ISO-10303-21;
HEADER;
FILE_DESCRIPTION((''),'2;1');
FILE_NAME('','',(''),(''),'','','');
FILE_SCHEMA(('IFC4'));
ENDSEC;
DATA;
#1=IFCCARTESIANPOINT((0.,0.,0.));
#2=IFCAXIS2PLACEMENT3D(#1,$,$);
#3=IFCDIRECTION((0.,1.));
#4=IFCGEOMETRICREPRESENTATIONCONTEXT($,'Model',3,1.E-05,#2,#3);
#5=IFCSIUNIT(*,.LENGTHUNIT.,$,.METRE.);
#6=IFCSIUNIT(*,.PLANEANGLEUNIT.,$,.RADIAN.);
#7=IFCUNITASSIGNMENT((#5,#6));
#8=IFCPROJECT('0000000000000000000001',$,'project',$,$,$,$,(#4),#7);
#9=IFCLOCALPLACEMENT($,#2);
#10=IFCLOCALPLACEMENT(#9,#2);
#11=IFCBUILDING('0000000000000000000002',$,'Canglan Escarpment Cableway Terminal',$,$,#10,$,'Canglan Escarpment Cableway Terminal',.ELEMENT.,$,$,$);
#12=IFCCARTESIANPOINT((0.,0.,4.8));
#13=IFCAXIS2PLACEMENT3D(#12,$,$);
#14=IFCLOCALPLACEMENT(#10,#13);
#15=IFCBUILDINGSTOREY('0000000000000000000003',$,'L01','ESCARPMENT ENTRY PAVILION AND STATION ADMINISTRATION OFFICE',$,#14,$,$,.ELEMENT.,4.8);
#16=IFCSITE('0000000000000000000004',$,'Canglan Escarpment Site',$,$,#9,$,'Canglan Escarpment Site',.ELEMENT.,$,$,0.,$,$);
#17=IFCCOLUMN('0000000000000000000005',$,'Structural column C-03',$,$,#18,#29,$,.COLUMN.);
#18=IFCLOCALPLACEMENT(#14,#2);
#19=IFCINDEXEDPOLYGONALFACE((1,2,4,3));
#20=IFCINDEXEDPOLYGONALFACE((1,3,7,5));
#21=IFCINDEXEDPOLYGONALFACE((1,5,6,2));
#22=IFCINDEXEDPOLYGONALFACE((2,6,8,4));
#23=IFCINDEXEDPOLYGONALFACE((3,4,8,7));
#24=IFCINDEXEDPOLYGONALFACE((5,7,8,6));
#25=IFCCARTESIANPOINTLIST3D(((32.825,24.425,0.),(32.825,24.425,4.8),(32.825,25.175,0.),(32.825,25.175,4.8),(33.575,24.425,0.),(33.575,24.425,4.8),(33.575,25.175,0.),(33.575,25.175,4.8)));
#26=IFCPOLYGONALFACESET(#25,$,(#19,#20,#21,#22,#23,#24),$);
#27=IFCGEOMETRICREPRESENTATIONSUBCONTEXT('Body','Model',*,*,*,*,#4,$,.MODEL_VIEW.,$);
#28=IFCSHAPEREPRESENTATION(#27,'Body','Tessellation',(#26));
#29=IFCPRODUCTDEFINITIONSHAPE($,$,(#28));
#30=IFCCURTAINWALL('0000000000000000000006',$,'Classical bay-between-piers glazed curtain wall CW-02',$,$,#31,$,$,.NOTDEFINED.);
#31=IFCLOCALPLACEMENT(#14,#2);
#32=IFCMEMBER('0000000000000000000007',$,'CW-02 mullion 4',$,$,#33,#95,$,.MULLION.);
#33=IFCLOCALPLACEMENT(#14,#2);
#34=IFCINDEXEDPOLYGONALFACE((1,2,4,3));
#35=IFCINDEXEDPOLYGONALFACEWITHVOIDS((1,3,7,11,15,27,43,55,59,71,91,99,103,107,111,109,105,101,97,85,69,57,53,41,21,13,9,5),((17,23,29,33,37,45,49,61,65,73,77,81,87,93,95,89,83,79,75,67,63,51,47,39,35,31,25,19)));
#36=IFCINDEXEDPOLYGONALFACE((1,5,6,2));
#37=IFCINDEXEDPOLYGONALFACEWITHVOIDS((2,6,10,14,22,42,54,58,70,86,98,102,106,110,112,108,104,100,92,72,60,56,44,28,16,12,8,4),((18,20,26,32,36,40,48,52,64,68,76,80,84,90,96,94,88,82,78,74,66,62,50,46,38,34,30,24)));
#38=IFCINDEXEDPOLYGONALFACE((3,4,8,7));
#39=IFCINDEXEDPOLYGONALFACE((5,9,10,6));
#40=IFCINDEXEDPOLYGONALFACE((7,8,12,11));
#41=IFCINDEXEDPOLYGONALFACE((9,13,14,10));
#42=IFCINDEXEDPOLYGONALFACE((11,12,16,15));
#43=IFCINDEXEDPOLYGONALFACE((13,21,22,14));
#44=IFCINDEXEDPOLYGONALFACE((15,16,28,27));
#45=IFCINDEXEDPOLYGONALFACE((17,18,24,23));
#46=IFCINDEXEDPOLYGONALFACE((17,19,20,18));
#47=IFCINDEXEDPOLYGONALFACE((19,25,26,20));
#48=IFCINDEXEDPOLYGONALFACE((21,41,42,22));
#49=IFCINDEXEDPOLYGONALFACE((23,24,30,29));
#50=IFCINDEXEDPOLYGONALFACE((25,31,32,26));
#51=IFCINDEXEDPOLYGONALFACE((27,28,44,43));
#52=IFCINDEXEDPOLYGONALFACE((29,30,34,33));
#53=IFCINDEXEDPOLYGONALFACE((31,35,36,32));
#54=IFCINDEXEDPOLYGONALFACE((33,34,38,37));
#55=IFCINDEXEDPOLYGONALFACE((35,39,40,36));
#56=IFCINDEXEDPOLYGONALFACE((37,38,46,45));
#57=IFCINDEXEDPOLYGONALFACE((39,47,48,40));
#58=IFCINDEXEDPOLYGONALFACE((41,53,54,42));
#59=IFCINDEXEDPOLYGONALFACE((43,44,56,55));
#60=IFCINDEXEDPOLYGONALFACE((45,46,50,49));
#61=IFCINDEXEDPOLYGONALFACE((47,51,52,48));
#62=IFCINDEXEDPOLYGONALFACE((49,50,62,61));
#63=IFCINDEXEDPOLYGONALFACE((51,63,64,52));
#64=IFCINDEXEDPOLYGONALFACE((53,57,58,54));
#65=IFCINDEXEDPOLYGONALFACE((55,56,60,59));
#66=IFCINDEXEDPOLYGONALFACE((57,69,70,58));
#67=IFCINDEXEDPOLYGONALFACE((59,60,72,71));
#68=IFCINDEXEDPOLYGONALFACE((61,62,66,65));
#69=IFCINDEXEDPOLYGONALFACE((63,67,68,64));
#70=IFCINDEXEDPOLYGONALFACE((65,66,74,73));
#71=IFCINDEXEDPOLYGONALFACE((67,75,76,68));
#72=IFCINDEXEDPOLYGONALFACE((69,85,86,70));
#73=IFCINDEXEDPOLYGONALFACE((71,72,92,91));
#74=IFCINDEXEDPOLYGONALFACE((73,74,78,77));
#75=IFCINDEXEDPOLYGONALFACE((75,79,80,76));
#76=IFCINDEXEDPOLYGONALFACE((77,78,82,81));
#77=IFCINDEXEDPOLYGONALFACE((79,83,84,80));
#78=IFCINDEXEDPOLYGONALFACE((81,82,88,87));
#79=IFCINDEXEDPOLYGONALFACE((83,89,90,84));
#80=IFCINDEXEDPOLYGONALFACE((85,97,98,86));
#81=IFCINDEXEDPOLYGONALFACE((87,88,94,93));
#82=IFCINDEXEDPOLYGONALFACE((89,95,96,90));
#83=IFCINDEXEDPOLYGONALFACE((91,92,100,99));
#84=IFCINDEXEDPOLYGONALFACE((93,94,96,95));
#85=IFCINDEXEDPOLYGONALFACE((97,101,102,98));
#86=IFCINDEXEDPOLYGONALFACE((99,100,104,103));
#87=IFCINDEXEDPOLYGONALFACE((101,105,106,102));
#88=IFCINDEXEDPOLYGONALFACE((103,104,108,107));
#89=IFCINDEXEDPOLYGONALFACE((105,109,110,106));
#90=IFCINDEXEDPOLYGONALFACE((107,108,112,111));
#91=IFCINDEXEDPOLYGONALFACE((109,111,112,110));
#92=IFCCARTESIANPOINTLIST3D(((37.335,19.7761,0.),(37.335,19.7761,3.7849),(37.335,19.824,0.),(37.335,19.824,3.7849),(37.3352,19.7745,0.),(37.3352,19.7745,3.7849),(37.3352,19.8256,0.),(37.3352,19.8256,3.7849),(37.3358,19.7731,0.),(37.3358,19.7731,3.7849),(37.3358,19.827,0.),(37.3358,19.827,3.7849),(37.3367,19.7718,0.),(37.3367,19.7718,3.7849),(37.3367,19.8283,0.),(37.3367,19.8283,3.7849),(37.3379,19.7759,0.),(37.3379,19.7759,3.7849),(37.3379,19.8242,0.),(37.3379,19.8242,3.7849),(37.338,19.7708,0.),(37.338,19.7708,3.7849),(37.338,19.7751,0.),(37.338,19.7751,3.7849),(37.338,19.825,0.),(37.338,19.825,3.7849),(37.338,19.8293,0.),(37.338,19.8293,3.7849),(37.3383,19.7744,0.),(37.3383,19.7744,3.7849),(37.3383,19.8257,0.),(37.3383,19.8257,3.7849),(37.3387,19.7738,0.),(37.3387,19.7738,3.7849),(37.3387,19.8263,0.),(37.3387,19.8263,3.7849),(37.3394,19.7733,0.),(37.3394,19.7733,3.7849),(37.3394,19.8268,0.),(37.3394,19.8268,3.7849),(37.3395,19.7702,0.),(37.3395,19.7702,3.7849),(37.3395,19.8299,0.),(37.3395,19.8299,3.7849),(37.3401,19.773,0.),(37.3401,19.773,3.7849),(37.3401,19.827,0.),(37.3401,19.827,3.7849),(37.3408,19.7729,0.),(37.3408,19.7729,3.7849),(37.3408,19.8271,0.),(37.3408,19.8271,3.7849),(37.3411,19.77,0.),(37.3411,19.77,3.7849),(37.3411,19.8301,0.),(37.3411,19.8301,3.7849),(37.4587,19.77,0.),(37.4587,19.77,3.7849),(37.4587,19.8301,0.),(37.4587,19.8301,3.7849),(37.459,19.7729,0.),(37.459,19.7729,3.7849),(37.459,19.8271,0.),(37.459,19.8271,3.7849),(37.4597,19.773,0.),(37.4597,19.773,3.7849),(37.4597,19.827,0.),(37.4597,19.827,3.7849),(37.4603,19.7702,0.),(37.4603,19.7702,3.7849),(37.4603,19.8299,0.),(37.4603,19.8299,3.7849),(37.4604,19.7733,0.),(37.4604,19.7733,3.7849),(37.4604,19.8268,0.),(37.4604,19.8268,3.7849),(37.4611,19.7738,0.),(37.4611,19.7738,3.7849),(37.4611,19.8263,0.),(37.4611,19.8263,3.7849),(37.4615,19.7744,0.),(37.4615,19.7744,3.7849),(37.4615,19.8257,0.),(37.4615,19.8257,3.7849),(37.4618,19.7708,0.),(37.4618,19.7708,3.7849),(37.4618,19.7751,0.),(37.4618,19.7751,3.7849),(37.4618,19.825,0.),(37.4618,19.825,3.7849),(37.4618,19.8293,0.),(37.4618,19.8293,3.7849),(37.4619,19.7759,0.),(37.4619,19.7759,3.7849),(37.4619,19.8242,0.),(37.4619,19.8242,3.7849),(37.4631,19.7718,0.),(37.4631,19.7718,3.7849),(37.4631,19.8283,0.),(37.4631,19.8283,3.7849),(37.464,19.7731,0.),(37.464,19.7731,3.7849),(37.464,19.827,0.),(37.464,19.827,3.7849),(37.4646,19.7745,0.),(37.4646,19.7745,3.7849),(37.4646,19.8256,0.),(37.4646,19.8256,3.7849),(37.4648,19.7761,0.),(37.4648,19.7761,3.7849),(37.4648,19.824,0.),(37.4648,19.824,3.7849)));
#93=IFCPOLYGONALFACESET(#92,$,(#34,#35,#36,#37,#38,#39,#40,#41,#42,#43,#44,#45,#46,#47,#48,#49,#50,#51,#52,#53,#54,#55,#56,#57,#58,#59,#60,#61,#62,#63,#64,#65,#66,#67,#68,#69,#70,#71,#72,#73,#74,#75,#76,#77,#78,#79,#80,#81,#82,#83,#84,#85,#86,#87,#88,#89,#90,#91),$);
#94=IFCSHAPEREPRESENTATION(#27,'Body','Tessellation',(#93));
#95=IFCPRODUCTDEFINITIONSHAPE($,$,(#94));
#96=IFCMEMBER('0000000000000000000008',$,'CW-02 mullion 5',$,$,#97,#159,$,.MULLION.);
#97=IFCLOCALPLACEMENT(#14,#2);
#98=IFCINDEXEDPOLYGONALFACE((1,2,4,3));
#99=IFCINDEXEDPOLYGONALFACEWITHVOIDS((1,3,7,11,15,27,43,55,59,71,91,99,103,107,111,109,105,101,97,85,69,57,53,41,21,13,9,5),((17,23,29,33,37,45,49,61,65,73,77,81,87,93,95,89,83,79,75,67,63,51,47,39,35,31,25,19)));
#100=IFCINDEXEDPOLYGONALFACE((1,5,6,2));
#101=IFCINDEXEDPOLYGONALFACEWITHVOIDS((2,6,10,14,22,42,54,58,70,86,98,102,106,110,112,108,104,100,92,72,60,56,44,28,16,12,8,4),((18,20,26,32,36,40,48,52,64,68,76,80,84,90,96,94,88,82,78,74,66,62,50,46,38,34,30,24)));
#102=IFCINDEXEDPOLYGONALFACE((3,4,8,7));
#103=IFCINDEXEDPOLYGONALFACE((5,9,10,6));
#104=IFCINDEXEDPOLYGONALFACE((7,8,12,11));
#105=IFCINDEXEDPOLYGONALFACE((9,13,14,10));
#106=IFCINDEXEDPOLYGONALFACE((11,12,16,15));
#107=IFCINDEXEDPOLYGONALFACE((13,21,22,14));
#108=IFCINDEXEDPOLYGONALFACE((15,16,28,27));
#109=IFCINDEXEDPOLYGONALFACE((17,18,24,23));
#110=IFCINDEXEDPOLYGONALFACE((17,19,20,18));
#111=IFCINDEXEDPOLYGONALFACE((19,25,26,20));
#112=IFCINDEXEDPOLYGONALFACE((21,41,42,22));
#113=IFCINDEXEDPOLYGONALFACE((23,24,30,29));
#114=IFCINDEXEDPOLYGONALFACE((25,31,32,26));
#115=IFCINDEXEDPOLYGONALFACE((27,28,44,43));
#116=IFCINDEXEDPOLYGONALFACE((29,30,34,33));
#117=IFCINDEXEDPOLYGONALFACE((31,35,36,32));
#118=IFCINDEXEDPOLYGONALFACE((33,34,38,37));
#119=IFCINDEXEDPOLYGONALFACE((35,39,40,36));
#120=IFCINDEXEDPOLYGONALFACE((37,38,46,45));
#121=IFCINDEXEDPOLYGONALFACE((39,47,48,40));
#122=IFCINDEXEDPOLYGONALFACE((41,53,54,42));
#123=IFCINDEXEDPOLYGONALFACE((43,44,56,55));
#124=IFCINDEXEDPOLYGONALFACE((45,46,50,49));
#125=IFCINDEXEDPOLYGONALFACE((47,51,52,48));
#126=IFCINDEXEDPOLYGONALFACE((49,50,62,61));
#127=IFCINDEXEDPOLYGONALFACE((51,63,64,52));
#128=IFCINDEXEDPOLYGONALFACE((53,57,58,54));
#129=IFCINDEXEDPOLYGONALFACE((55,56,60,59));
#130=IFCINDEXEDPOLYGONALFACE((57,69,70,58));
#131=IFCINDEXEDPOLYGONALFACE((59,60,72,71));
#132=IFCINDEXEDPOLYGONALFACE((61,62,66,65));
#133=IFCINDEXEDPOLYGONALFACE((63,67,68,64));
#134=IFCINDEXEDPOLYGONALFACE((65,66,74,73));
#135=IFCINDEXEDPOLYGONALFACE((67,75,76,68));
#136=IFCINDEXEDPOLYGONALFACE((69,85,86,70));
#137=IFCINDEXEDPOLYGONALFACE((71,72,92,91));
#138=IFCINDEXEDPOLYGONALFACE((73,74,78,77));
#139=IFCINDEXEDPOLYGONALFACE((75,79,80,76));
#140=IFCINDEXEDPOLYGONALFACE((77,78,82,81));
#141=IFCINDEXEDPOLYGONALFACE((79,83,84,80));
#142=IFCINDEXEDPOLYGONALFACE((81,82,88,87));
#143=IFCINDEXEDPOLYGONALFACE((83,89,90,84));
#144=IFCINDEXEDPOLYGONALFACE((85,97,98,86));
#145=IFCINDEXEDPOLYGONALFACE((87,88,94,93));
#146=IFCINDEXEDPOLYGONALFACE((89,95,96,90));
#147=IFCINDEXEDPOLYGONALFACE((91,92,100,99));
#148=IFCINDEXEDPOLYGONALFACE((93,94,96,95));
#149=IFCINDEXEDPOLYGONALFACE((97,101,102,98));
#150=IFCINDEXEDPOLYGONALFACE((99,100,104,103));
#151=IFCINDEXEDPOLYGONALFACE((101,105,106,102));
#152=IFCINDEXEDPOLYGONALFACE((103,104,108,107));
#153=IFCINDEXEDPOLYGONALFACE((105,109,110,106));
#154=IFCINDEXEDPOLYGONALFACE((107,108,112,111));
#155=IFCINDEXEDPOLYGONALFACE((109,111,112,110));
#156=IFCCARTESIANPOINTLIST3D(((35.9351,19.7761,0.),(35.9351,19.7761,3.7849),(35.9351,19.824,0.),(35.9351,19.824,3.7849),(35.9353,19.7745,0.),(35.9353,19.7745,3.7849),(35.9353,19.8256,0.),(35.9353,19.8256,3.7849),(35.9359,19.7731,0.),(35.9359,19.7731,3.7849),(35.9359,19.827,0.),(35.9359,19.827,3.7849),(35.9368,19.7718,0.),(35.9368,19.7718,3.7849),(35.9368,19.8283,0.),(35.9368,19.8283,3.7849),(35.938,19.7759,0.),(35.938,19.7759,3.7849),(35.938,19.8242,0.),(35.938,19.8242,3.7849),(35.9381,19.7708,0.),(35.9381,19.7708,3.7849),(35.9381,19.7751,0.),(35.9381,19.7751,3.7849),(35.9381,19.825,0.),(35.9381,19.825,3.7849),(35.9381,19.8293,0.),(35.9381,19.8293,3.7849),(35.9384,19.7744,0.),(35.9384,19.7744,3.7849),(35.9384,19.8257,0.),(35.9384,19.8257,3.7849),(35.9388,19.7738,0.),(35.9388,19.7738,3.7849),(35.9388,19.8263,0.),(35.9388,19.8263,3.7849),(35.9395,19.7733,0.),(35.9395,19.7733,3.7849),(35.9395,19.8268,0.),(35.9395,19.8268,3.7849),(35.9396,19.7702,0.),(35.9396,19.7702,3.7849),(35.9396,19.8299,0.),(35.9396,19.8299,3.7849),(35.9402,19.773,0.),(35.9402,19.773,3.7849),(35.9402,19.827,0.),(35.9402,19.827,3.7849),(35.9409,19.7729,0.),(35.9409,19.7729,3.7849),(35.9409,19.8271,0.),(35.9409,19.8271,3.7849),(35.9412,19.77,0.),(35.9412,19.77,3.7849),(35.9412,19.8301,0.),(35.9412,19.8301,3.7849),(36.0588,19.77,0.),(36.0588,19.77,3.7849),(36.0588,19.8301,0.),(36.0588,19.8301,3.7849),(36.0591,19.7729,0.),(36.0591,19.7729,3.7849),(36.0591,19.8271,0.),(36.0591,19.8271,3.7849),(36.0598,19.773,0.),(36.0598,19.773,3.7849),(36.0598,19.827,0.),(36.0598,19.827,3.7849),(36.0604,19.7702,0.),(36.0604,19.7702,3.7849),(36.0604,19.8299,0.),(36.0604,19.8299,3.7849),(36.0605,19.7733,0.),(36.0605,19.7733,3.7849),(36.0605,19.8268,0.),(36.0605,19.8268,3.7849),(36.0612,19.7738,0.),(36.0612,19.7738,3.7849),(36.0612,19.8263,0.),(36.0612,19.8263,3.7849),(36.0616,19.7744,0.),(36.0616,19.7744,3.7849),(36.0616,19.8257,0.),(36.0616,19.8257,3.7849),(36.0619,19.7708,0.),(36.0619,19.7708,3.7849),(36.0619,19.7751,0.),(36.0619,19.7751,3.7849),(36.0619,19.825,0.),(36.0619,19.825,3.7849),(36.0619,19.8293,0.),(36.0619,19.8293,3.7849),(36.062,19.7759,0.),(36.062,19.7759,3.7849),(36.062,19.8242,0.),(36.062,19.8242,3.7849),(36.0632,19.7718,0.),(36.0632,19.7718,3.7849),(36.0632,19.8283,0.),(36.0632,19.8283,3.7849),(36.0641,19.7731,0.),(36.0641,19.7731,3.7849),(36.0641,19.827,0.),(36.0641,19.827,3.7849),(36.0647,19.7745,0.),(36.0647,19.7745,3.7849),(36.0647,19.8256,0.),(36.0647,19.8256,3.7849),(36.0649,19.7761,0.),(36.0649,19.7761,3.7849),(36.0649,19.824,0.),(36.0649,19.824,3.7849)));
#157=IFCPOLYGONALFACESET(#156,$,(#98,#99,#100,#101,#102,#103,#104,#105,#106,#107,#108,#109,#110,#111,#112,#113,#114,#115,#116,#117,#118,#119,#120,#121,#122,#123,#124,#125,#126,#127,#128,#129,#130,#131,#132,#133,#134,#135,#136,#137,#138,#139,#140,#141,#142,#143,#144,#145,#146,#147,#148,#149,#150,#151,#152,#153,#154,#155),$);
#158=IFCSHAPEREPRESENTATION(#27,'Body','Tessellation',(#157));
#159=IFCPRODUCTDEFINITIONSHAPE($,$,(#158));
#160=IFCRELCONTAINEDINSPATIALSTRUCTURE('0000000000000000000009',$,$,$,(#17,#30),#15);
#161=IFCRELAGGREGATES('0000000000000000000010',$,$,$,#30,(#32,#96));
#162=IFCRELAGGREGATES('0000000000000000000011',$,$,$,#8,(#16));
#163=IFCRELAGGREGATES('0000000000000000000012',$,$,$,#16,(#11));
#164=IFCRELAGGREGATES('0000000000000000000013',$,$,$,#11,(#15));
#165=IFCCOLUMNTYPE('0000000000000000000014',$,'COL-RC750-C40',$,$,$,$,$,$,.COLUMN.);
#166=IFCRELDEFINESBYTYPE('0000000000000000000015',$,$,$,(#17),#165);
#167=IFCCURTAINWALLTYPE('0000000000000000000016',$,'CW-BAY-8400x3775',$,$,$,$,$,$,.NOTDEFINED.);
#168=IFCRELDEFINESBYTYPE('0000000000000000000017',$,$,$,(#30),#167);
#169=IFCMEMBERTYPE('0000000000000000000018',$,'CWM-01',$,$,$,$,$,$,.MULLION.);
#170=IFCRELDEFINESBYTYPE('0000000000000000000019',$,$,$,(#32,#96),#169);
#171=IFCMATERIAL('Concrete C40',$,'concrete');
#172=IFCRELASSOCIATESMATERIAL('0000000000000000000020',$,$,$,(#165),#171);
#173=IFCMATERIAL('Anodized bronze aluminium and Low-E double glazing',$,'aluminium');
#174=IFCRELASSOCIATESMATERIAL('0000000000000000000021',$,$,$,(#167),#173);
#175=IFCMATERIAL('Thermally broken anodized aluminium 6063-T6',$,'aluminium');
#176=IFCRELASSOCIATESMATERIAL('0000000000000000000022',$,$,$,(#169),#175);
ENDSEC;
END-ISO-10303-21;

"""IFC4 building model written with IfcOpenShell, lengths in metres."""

from ifc_helpers import new_model, si_unit, direction, frame, origin, origin_2d, place, context, subcontext, project, spatial, rectangle, hollow_rectangle, extrude, material, material_profile, profile_set, type_object, element, aggregate, save


model = new_model("IFC4")

# Units and contexts
model_context = context("Model", 3, precision=1e-05, world=origin(), true_north=direction((0.0, 1.0)))
body_context = subcontext(model_context, "Body", "Model", "MODEL_VIEW")
ifc_project = project(units=[si_unit("LENGTHUNIT", "METRE"), si_unit("PLANEANGLEUNIT", "RADIAN")], contexts=[model_context])

# Site, building, storey
site_placement = place(None, origin())
site = spatial("IfcSite", under=ifc_project, at=site_placement, Name="Canglan Escarpment Site", LongName="Canglan Escarpment Site", CompositionType="ELEMENT", RefElevation=0.0)
building_placement = place(site_placement, origin())
building = spatial("IfcBuilding", under=site, at=building_placement, Name="Canglan Escarpment Cableway Terminal", LongName="Canglan Escarpment Cableway Terminal", CompositionType="ELEMENT")
storey_placement = place(building_placement, frame((0.0, 0.0, 4.8)))
storey = spatial("IfcBuildingStorey", under=building, at=storey_placement, Name="L01", Description="ESCARPMENT ENTRY PAVILION AND STATION ADMINISTRATION OFFICE", CompositionType="ELEMENT", Elevation=4.8)

# Column
ifc_material_1 = material(Name="Concrete C40", Category="concrete")
ifc_material_profile_1 = material_profile(ifc_material_1, rectangle(XDim=0.75, YDim=0.75, at=origin_2d()), Name="RC 750x750")
ifc_profile_set_1 = profile_set([ifc_material_profile_1], Name="Concrete C40")
column_type = type_object("IfcColumnType", Name="COL-RC750-C40", PredefinedType="COLUMN", material=ifc_profile_set_1)
column_placement = place(storey_placement, frame((33.2, 24.8, 0.0), z_axis=(0.0, 0.0, 1.0), x_axis=(1.0, 0.0, 0.0)))
element("IfcColumn", 1, at=column_placement, inside=storey, type_object=column_type, Name="Structural column C-03", PredefinedType="COLUMN", context=body_context, shape_type="SweptSolid", body=[
    extrude(rectangle(XDim=0.75, YDim=0.75, at=origin_2d()), origin(), (0.0, 0.0, 1.0), 4.8),
])

# Curtain wall, members
ifc_material_2 = material(Name="Anodized bronze aluminium and Low-E double glazing", Category="aluminium")
curtain_wall_type = type_object("IfcCurtainWallType", Name="CW-BAY-8400x3775", PredefinedType="NOTDEFINED", material=ifc_material_2)
curtain_wall_placement = place(storey_placement, origin())
curtain_wall = element("IfcCurtainWall", 2, at=curtain_wall_placement, inside=storey, type_object=curtain_wall_type, Name="Classical bay-between-piers glazed curtain wall CW-02", PredefinedType="NOTDEFINED")
ifc_material_3 = material(Name="Thermally broken anodized aluminium 6063-T6", Category="aluminium")
ifc_material_profile_2 = material_profile(ifc_material_3, hollow_rectangle(XDim=0.0601, YDim=0.1299, WallThickness=0.0029, InnerFilletRadius=0.0029, OuterFilletRadius=0.0061, at=origin_2d()), Name="ALU-MULL 60x130x3")
ifc_profile_set_2 = profile_set([ifc_material_profile_2], Name="Thermally broken anodized aluminium 6063-T6")
member_type_1 = type_object("IfcMemberType", Name="CWM-01", PredefinedType="MULLION", material=ifc_profile_set_2)
member_1_placement = place(storey_placement, frame((37.3999, 19.8, 0.0), z_axis=(0.0, 0.0, 1.0), x_axis=(0.0, -1.0, 0.0)))
member_1 = element("IfcMember", 3, at=member_1_placement, type_object=member_type_1, Name="CW-02 mullion 4", PredefinedType="MULLION", context=body_context, shape_type="SweptSolid", body=[
    extrude(hollow_rectangle(XDim=0.0601, YDim=0.1299, WallThickness=0.0029, InnerFilletRadius=0.0029, OuterFilletRadius=0.0061, at=origin_2d()), origin(), (0.0, 0.0, 1.0), 3.7849),
])
member_2_placement = place(storey_placement, frame((36.0, 19.8, 0.0), z_axis=(0.0, 0.0, 1.0), x_axis=(0.0, -1.0, 0.0)))
member_2 = element("IfcMember", 4, at=member_2_placement, type_object=member_type_1, Name="CW-02 mullion 5", PredefinedType="MULLION", context=body_context, shape_type="SweptSolid", body=[
    extrude(hollow_rectangle(XDim=0.0601, YDim=0.1299, WallThickness=0.0029, InnerFilletRadius=0.0029, OuterFilletRadius=0.0061, at=origin_2d()), origin(), (0.0, 0.0, 1.0), 3.7849),
])

aggregate(curtain_wall, [member_1, member_2])

save(model, "model.ifc")
